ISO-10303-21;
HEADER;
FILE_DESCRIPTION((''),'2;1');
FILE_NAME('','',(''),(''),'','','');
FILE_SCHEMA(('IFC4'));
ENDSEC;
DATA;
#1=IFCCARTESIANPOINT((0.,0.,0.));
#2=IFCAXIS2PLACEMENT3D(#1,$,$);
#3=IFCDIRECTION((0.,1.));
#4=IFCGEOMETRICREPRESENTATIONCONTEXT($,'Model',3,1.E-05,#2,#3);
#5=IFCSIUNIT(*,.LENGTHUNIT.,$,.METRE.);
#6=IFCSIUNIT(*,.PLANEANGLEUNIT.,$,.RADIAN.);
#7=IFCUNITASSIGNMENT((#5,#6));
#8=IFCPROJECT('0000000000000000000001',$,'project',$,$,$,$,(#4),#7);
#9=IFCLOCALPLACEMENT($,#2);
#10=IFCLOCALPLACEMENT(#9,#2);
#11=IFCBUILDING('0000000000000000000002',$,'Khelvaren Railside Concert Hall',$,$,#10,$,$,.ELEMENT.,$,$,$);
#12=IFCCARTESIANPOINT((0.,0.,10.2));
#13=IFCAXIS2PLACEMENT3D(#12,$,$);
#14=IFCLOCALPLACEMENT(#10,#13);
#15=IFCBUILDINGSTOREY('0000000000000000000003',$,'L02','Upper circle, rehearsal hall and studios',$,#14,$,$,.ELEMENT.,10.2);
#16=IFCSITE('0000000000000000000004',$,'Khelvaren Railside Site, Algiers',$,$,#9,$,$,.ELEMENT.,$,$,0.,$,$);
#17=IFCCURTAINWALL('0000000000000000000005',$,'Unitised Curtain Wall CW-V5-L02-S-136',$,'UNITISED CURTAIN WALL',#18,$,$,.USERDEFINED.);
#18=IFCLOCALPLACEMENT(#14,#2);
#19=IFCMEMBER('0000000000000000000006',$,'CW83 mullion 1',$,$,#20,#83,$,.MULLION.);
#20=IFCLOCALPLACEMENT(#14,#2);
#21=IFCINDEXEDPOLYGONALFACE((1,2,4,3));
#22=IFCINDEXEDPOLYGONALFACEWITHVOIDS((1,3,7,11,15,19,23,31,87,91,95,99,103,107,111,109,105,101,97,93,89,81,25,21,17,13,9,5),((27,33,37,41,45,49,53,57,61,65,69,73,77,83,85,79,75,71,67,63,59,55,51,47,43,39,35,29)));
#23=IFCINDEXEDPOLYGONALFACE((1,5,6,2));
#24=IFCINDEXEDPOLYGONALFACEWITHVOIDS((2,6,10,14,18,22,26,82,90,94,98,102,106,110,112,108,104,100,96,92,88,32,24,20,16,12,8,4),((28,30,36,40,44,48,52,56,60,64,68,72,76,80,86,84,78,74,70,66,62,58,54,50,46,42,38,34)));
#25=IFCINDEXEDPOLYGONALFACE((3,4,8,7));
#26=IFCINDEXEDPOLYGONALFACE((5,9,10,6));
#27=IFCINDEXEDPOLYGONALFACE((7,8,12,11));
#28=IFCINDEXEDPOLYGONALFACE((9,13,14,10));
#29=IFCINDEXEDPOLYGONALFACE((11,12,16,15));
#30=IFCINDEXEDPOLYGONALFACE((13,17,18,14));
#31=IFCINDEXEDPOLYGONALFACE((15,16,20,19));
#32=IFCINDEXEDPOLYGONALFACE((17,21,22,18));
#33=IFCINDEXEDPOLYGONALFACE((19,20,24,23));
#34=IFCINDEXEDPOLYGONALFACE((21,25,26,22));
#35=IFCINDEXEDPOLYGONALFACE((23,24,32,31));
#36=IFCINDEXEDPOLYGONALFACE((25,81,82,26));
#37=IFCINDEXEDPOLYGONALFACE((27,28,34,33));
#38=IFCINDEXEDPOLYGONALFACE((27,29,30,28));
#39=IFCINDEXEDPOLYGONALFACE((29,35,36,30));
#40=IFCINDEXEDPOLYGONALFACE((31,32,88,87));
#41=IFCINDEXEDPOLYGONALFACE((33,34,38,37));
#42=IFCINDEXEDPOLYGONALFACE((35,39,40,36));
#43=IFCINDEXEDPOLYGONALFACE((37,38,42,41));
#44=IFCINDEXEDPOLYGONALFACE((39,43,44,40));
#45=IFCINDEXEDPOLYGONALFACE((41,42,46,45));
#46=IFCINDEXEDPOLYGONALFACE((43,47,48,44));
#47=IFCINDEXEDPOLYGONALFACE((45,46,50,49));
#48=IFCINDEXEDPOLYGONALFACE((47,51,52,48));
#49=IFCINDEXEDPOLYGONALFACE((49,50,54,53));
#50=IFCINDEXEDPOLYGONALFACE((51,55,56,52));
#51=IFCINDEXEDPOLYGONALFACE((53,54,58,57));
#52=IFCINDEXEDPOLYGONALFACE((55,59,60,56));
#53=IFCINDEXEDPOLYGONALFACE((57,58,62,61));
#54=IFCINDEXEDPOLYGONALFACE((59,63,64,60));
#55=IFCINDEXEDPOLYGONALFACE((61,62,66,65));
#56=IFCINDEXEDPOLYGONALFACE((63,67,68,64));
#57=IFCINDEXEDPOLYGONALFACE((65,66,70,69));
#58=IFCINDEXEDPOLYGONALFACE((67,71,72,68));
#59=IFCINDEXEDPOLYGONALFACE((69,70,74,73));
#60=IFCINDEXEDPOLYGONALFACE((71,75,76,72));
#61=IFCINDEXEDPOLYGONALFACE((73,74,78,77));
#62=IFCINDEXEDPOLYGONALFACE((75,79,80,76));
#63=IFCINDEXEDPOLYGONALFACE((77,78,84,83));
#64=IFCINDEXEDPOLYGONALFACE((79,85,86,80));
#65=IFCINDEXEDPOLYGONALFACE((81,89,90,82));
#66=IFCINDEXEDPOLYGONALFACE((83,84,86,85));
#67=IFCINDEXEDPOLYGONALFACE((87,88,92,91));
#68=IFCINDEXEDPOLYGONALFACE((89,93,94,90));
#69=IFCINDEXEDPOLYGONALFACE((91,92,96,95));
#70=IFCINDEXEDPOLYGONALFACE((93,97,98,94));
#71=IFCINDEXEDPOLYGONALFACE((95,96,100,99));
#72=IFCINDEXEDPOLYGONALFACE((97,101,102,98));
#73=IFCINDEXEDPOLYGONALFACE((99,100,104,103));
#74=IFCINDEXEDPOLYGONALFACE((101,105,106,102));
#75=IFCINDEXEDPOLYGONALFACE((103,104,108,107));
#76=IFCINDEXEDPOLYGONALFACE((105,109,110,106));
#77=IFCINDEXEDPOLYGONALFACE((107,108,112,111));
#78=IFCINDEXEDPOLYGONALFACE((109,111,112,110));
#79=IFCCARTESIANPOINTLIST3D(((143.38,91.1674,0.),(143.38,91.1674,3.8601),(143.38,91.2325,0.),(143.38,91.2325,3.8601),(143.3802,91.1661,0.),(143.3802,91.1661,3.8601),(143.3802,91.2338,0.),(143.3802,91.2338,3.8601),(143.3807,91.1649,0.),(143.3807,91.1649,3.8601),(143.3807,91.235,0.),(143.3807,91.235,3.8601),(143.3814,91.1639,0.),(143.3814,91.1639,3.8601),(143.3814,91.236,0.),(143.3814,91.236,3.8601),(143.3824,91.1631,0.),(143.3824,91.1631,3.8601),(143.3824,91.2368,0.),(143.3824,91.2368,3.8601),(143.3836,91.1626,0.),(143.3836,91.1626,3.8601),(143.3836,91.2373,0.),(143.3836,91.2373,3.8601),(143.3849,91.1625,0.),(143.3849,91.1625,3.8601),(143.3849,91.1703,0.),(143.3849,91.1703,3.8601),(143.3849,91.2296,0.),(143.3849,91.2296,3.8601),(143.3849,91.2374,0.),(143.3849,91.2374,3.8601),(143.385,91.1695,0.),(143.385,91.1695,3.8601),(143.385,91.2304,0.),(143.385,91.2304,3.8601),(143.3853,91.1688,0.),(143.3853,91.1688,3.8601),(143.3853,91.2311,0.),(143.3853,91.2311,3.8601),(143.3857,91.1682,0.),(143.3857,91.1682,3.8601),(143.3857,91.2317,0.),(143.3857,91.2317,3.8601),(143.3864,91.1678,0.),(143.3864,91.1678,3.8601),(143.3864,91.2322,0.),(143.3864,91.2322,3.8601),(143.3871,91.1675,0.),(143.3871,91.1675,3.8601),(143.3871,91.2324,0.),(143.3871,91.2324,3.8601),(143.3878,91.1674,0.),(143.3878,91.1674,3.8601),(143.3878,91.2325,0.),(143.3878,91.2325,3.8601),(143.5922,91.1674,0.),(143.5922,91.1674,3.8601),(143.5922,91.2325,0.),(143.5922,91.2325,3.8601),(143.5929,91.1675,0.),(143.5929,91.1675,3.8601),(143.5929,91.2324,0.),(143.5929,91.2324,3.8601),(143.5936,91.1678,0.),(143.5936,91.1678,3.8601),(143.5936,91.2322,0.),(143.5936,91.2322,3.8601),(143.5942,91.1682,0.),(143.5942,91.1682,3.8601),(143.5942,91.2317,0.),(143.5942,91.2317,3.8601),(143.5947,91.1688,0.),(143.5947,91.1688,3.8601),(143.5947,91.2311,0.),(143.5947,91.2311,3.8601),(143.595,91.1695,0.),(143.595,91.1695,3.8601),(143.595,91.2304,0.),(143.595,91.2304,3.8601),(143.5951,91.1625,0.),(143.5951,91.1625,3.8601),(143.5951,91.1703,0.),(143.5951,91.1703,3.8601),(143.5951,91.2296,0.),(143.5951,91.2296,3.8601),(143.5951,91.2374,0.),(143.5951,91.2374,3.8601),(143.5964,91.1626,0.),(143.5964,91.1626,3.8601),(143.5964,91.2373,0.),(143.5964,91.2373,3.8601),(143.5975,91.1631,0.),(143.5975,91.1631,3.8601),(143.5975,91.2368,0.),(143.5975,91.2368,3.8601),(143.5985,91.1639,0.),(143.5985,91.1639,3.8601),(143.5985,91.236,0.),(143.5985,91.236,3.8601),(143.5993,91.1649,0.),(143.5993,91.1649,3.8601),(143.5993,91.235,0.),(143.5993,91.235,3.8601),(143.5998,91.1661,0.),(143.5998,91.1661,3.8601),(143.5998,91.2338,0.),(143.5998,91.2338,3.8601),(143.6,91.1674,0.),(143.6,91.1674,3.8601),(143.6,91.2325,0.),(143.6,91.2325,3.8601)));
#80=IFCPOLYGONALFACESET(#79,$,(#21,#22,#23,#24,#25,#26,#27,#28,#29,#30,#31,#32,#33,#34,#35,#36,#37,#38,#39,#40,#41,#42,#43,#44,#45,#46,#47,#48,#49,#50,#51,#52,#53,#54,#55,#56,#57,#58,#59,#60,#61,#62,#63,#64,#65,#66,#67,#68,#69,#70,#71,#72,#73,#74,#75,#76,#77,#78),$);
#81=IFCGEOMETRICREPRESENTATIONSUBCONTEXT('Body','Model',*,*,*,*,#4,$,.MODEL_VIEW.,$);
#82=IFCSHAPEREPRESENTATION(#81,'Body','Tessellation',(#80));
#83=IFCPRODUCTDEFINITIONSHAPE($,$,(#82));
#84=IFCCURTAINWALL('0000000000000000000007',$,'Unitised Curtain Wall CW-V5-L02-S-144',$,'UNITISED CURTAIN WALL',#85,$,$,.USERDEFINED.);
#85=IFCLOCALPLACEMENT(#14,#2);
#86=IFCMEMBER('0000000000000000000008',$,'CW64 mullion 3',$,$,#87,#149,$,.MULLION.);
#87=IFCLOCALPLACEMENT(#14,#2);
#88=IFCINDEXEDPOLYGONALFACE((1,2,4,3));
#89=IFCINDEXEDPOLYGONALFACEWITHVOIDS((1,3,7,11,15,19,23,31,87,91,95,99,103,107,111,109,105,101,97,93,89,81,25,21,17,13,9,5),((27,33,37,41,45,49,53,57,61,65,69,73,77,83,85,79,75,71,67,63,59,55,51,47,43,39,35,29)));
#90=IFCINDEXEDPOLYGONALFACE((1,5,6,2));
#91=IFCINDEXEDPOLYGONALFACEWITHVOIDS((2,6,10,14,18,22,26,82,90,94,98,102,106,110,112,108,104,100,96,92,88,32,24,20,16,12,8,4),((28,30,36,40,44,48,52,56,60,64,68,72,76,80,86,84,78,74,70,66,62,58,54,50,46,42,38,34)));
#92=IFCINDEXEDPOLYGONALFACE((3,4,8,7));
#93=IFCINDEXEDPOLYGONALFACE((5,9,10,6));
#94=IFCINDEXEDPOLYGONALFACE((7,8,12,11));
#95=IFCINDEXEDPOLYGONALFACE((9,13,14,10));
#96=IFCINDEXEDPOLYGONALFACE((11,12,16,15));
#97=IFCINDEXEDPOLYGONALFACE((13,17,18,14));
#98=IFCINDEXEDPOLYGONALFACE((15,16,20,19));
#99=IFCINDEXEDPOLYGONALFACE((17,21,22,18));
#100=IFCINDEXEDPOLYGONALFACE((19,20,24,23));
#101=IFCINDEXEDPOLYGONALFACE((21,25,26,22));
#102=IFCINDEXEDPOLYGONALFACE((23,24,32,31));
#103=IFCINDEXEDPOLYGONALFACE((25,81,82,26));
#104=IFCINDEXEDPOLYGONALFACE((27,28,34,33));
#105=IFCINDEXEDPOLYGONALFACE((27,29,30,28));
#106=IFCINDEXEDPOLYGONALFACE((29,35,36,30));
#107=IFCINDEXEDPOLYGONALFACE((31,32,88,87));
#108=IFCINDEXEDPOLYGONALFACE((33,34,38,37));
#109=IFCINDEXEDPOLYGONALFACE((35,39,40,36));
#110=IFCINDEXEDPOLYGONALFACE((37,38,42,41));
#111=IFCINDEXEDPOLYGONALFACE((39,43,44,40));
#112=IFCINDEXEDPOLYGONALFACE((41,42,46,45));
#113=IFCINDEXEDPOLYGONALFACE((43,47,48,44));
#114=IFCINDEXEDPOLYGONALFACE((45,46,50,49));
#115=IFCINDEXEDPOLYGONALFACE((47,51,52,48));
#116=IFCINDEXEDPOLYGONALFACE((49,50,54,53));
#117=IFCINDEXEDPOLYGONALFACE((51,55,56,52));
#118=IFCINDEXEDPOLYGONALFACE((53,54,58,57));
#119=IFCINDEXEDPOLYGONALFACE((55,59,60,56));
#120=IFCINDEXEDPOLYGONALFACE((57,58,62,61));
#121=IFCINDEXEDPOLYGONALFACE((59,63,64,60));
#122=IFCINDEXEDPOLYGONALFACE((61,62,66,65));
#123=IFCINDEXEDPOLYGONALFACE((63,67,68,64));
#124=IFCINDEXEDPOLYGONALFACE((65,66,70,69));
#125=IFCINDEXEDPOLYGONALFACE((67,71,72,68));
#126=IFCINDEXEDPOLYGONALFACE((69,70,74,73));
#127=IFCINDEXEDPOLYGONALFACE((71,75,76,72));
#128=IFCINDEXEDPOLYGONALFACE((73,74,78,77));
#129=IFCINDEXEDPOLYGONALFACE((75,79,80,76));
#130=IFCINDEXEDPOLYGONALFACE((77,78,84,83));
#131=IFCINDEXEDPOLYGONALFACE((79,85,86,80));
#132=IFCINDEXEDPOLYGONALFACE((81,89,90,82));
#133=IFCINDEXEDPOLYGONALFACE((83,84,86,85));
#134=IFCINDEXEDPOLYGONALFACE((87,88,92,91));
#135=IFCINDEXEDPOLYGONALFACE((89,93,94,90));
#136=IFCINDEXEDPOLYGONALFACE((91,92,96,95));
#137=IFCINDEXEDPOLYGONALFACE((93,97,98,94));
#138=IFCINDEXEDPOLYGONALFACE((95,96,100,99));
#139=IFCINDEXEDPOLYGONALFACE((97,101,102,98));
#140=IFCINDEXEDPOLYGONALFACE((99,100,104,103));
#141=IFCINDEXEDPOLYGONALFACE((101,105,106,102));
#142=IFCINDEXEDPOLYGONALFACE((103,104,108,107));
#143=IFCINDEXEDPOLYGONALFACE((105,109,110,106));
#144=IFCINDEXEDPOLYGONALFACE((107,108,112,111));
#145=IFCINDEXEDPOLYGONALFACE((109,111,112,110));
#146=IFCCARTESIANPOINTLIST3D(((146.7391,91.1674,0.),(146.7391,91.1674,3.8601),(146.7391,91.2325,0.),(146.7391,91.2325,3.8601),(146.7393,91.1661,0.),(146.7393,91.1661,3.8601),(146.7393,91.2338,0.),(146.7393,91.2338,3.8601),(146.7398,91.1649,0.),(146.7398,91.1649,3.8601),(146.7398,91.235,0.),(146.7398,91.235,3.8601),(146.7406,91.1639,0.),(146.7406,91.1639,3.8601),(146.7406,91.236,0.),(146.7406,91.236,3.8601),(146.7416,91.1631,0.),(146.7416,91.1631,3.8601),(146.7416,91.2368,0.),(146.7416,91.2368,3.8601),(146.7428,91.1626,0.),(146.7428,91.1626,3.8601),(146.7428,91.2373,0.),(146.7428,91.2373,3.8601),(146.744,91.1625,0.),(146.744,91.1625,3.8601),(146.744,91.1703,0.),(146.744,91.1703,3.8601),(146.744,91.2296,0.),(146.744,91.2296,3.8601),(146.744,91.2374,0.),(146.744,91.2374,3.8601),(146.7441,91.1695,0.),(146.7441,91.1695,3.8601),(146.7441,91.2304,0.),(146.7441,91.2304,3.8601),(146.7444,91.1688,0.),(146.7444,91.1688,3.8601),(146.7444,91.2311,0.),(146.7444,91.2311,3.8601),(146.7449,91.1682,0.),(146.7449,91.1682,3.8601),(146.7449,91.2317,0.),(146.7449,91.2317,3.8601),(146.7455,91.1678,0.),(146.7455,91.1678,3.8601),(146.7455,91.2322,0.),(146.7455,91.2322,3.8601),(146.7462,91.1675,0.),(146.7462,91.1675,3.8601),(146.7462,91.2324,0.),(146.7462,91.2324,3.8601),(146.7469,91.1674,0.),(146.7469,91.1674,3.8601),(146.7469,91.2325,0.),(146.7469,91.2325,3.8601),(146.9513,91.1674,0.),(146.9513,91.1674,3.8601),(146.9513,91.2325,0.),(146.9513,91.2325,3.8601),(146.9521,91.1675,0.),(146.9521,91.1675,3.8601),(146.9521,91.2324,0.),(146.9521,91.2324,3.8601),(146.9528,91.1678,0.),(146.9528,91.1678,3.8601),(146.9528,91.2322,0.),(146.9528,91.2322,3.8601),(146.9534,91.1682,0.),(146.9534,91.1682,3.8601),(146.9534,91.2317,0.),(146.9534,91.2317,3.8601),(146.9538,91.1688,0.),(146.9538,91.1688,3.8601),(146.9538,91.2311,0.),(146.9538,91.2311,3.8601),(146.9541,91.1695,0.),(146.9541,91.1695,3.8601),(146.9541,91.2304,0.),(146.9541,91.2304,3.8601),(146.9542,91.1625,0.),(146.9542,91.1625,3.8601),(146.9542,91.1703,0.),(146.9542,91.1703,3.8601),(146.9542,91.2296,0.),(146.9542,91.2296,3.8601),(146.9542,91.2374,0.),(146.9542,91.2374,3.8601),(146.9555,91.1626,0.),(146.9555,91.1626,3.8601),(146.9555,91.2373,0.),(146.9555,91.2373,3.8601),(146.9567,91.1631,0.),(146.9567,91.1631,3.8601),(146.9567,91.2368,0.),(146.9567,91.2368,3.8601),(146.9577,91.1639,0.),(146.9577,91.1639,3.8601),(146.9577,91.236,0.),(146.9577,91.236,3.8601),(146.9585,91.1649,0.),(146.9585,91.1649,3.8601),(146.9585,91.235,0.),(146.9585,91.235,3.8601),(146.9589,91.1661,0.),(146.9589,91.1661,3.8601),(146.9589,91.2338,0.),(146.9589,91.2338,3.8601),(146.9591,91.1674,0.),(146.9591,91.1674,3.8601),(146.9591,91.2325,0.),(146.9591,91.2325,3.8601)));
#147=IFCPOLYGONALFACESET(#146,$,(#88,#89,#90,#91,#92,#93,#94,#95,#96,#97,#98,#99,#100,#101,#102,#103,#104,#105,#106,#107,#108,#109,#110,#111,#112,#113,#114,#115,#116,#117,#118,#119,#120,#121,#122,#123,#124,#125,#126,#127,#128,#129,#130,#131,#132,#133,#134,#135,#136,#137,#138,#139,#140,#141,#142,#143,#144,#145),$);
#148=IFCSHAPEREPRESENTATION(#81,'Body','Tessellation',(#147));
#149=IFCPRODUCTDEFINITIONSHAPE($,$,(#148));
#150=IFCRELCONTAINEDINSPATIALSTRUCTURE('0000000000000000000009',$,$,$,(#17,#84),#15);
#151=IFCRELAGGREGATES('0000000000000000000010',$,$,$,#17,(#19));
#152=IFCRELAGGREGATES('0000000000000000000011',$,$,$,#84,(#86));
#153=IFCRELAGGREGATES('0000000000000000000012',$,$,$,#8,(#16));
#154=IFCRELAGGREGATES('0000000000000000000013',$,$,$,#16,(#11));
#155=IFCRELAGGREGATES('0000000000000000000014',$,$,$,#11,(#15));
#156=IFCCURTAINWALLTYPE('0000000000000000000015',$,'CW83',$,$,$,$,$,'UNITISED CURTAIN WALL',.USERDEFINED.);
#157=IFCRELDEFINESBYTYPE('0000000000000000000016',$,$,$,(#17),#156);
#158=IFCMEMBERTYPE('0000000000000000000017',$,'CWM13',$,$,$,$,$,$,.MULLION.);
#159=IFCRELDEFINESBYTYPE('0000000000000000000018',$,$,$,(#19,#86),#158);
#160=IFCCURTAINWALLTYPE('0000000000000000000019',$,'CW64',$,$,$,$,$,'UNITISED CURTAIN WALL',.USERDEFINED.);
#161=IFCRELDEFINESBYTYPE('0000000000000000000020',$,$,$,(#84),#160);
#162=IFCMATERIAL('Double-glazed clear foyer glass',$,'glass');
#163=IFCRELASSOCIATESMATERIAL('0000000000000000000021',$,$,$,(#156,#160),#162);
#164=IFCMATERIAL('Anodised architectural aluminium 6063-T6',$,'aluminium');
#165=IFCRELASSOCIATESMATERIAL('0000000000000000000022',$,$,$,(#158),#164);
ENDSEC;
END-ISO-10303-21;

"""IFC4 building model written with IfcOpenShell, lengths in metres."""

from ifc_helpers import new_model, si_unit, direction, frame, origin, origin_2d, place, context, subcontext, project, spatial, hollow_rectangle, extrude, material, material_profile, profile_set, type_object, element, aggregate, save


model = new_model("IFC4")

# Units and contexts
model_context = context("Model", 3, precision=1e-05, world=origin(), true_north=direction((0.0, 1.0)))
body_context = subcontext(model_context, "Body", "Model", "MODEL_VIEW")
ifc_project = project(units=[si_unit("LENGTHUNIT", "METRE"), si_unit("PLANEANGLEUNIT", "RADIAN")], contexts=[model_context])

# Site, building, storey
site_placement = place(None, origin())
site = spatial("IfcSite", under=ifc_project, at=site_placement, Name="Khelvaren Railside Site, Algiers", CompositionType="ELEMENT", RefElevation=0.0)
building_placement = place(site_placement, origin())
building = spatial("IfcBuilding", under=site, at=building_placement, Name="Khelvaren Railside Concert Hall", CompositionType="ELEMENT")
storey_placement = place(building_placement, frame((0.0, 0.0, 10.2)))
storey = spatial("IfcBuildingStorey", under=building, at=storey_placement, Name="L02", Description="Upper circle, rehearsal hall and studios", CompositionType="ELEMENT", Elevation=10.2)

# Curtain wall, member
ifc_material_1 = material(Name="Double-glazed clear foyer glass", Category="glass")
curtain_wall_type_1 = type_object("IfcCurtainWallType", Name="CW83", ElementType="UNITISED CURTAIN WALL", PredefinedType="USERDEFINED", material=ifc_material_1)
curtain_wall_1_placement = place(storey_placement, origin())
curtain_wall_1 = element("IfcCurtainWall", 1, at=curtain_wall_1_placement, inside=storey, type_object=curtain_wall_type_1, Name="Unitised Curtain Wall CW-V5-L02-S-136", ObjectType="UNITISED CURTAIN WALL", PredefinedType="USERDEFINED")
ifc_material_2 = material(Name="Anodised architectural aluminium 6063-T6", Category="aluminium")
ifc_material_profile_1 = material_profile(ifc_material_2, hollow_rectangle(XDim=0.075, YDim=0.22, WallThickness=0.0049, InnerFilletRadius=0.0029, OuterFilletRadius=0.0049, at=origin_2d()), Name="CWM 75x220x5")
ifc_profile_set_1 = profile_set([ifc_material_profile_1], Name="Anodised architectural aluminium 6063-T6")
member_type_1 = type_object("IfcMemberType", Name="CWM13", PredefinedType="MULLION", material=ifc_profile_set_1)
member_1_placement = place(storey_placement, frame((143.49, 91.2, 0.0), z_axis=(0.0, 0.0, 1.0), x_axis=(0.0, -1.0, 0.0)))
member_1 = element("IfcMember", 2, at=member_1_placement, type_object=member_type_1, Name="CW83 mullion 1", PredefinedType="MULLION", context=body_context, shape_type="SweptSolid", body=[
    extrude(hollow_rectangle(XDim=0.075, YDim=0.22, WallThickness=0.0049, InnerFilletRadius=0.0029, OuterFilletRadius=0.0049, at=origin_2d()), origin(), (0.0, 0.0, 1.0), 3.8601),
])

# Curtain wall, member
curtain_wall_type_2 = type_object("IfcCurtainWallType", Name="CW64", ElementType="UNITISED CURTAIN WALL", PredefinedType="USERDEFINED", material=ifc_material_1)
curtain_wall_2_placement = place(storey_placement, origin())
curtain_wall_2 = element("IfcCurtainWall", 3, at=curtain_wall_2_placement, inside=storey, type_object=curtain_wall_type_2, Name="Unitised Curtain Wall CW-V5-L02-S-144", ObjectType="UNITISED CURTAIN WALL", PredefinedType="USERDEFINED")
member_2_placement = place(storey_placement, frame((146.8491, 91.2, 0.0), z_axis=(0.0, 0.0, 1.0), x_axis=(0.0, -1.0, 0.0)))
member_2 = element("IfcMember", 4, at=member_2_placement, type_object=member_type_1, Name="CW64 mullion 3", PredefinedType="MULLION", context=body_context, shape_type="SweptSolid", body=[
    extrude(hollow_rectangle(XDim=0.075, YDim=0.22, WallThickness=0.0049, InnerFilletRadius=0.0029, OuterFilletRadius=0.0049, at=origin_2d()), origin(), (0.0, 0.0, 1.0), 3.8601),
])

aggregate(curtain_wall_1, [member_1])
aggregate(curtain_wall_2, [member_2])

save(model, "model.ifc")
